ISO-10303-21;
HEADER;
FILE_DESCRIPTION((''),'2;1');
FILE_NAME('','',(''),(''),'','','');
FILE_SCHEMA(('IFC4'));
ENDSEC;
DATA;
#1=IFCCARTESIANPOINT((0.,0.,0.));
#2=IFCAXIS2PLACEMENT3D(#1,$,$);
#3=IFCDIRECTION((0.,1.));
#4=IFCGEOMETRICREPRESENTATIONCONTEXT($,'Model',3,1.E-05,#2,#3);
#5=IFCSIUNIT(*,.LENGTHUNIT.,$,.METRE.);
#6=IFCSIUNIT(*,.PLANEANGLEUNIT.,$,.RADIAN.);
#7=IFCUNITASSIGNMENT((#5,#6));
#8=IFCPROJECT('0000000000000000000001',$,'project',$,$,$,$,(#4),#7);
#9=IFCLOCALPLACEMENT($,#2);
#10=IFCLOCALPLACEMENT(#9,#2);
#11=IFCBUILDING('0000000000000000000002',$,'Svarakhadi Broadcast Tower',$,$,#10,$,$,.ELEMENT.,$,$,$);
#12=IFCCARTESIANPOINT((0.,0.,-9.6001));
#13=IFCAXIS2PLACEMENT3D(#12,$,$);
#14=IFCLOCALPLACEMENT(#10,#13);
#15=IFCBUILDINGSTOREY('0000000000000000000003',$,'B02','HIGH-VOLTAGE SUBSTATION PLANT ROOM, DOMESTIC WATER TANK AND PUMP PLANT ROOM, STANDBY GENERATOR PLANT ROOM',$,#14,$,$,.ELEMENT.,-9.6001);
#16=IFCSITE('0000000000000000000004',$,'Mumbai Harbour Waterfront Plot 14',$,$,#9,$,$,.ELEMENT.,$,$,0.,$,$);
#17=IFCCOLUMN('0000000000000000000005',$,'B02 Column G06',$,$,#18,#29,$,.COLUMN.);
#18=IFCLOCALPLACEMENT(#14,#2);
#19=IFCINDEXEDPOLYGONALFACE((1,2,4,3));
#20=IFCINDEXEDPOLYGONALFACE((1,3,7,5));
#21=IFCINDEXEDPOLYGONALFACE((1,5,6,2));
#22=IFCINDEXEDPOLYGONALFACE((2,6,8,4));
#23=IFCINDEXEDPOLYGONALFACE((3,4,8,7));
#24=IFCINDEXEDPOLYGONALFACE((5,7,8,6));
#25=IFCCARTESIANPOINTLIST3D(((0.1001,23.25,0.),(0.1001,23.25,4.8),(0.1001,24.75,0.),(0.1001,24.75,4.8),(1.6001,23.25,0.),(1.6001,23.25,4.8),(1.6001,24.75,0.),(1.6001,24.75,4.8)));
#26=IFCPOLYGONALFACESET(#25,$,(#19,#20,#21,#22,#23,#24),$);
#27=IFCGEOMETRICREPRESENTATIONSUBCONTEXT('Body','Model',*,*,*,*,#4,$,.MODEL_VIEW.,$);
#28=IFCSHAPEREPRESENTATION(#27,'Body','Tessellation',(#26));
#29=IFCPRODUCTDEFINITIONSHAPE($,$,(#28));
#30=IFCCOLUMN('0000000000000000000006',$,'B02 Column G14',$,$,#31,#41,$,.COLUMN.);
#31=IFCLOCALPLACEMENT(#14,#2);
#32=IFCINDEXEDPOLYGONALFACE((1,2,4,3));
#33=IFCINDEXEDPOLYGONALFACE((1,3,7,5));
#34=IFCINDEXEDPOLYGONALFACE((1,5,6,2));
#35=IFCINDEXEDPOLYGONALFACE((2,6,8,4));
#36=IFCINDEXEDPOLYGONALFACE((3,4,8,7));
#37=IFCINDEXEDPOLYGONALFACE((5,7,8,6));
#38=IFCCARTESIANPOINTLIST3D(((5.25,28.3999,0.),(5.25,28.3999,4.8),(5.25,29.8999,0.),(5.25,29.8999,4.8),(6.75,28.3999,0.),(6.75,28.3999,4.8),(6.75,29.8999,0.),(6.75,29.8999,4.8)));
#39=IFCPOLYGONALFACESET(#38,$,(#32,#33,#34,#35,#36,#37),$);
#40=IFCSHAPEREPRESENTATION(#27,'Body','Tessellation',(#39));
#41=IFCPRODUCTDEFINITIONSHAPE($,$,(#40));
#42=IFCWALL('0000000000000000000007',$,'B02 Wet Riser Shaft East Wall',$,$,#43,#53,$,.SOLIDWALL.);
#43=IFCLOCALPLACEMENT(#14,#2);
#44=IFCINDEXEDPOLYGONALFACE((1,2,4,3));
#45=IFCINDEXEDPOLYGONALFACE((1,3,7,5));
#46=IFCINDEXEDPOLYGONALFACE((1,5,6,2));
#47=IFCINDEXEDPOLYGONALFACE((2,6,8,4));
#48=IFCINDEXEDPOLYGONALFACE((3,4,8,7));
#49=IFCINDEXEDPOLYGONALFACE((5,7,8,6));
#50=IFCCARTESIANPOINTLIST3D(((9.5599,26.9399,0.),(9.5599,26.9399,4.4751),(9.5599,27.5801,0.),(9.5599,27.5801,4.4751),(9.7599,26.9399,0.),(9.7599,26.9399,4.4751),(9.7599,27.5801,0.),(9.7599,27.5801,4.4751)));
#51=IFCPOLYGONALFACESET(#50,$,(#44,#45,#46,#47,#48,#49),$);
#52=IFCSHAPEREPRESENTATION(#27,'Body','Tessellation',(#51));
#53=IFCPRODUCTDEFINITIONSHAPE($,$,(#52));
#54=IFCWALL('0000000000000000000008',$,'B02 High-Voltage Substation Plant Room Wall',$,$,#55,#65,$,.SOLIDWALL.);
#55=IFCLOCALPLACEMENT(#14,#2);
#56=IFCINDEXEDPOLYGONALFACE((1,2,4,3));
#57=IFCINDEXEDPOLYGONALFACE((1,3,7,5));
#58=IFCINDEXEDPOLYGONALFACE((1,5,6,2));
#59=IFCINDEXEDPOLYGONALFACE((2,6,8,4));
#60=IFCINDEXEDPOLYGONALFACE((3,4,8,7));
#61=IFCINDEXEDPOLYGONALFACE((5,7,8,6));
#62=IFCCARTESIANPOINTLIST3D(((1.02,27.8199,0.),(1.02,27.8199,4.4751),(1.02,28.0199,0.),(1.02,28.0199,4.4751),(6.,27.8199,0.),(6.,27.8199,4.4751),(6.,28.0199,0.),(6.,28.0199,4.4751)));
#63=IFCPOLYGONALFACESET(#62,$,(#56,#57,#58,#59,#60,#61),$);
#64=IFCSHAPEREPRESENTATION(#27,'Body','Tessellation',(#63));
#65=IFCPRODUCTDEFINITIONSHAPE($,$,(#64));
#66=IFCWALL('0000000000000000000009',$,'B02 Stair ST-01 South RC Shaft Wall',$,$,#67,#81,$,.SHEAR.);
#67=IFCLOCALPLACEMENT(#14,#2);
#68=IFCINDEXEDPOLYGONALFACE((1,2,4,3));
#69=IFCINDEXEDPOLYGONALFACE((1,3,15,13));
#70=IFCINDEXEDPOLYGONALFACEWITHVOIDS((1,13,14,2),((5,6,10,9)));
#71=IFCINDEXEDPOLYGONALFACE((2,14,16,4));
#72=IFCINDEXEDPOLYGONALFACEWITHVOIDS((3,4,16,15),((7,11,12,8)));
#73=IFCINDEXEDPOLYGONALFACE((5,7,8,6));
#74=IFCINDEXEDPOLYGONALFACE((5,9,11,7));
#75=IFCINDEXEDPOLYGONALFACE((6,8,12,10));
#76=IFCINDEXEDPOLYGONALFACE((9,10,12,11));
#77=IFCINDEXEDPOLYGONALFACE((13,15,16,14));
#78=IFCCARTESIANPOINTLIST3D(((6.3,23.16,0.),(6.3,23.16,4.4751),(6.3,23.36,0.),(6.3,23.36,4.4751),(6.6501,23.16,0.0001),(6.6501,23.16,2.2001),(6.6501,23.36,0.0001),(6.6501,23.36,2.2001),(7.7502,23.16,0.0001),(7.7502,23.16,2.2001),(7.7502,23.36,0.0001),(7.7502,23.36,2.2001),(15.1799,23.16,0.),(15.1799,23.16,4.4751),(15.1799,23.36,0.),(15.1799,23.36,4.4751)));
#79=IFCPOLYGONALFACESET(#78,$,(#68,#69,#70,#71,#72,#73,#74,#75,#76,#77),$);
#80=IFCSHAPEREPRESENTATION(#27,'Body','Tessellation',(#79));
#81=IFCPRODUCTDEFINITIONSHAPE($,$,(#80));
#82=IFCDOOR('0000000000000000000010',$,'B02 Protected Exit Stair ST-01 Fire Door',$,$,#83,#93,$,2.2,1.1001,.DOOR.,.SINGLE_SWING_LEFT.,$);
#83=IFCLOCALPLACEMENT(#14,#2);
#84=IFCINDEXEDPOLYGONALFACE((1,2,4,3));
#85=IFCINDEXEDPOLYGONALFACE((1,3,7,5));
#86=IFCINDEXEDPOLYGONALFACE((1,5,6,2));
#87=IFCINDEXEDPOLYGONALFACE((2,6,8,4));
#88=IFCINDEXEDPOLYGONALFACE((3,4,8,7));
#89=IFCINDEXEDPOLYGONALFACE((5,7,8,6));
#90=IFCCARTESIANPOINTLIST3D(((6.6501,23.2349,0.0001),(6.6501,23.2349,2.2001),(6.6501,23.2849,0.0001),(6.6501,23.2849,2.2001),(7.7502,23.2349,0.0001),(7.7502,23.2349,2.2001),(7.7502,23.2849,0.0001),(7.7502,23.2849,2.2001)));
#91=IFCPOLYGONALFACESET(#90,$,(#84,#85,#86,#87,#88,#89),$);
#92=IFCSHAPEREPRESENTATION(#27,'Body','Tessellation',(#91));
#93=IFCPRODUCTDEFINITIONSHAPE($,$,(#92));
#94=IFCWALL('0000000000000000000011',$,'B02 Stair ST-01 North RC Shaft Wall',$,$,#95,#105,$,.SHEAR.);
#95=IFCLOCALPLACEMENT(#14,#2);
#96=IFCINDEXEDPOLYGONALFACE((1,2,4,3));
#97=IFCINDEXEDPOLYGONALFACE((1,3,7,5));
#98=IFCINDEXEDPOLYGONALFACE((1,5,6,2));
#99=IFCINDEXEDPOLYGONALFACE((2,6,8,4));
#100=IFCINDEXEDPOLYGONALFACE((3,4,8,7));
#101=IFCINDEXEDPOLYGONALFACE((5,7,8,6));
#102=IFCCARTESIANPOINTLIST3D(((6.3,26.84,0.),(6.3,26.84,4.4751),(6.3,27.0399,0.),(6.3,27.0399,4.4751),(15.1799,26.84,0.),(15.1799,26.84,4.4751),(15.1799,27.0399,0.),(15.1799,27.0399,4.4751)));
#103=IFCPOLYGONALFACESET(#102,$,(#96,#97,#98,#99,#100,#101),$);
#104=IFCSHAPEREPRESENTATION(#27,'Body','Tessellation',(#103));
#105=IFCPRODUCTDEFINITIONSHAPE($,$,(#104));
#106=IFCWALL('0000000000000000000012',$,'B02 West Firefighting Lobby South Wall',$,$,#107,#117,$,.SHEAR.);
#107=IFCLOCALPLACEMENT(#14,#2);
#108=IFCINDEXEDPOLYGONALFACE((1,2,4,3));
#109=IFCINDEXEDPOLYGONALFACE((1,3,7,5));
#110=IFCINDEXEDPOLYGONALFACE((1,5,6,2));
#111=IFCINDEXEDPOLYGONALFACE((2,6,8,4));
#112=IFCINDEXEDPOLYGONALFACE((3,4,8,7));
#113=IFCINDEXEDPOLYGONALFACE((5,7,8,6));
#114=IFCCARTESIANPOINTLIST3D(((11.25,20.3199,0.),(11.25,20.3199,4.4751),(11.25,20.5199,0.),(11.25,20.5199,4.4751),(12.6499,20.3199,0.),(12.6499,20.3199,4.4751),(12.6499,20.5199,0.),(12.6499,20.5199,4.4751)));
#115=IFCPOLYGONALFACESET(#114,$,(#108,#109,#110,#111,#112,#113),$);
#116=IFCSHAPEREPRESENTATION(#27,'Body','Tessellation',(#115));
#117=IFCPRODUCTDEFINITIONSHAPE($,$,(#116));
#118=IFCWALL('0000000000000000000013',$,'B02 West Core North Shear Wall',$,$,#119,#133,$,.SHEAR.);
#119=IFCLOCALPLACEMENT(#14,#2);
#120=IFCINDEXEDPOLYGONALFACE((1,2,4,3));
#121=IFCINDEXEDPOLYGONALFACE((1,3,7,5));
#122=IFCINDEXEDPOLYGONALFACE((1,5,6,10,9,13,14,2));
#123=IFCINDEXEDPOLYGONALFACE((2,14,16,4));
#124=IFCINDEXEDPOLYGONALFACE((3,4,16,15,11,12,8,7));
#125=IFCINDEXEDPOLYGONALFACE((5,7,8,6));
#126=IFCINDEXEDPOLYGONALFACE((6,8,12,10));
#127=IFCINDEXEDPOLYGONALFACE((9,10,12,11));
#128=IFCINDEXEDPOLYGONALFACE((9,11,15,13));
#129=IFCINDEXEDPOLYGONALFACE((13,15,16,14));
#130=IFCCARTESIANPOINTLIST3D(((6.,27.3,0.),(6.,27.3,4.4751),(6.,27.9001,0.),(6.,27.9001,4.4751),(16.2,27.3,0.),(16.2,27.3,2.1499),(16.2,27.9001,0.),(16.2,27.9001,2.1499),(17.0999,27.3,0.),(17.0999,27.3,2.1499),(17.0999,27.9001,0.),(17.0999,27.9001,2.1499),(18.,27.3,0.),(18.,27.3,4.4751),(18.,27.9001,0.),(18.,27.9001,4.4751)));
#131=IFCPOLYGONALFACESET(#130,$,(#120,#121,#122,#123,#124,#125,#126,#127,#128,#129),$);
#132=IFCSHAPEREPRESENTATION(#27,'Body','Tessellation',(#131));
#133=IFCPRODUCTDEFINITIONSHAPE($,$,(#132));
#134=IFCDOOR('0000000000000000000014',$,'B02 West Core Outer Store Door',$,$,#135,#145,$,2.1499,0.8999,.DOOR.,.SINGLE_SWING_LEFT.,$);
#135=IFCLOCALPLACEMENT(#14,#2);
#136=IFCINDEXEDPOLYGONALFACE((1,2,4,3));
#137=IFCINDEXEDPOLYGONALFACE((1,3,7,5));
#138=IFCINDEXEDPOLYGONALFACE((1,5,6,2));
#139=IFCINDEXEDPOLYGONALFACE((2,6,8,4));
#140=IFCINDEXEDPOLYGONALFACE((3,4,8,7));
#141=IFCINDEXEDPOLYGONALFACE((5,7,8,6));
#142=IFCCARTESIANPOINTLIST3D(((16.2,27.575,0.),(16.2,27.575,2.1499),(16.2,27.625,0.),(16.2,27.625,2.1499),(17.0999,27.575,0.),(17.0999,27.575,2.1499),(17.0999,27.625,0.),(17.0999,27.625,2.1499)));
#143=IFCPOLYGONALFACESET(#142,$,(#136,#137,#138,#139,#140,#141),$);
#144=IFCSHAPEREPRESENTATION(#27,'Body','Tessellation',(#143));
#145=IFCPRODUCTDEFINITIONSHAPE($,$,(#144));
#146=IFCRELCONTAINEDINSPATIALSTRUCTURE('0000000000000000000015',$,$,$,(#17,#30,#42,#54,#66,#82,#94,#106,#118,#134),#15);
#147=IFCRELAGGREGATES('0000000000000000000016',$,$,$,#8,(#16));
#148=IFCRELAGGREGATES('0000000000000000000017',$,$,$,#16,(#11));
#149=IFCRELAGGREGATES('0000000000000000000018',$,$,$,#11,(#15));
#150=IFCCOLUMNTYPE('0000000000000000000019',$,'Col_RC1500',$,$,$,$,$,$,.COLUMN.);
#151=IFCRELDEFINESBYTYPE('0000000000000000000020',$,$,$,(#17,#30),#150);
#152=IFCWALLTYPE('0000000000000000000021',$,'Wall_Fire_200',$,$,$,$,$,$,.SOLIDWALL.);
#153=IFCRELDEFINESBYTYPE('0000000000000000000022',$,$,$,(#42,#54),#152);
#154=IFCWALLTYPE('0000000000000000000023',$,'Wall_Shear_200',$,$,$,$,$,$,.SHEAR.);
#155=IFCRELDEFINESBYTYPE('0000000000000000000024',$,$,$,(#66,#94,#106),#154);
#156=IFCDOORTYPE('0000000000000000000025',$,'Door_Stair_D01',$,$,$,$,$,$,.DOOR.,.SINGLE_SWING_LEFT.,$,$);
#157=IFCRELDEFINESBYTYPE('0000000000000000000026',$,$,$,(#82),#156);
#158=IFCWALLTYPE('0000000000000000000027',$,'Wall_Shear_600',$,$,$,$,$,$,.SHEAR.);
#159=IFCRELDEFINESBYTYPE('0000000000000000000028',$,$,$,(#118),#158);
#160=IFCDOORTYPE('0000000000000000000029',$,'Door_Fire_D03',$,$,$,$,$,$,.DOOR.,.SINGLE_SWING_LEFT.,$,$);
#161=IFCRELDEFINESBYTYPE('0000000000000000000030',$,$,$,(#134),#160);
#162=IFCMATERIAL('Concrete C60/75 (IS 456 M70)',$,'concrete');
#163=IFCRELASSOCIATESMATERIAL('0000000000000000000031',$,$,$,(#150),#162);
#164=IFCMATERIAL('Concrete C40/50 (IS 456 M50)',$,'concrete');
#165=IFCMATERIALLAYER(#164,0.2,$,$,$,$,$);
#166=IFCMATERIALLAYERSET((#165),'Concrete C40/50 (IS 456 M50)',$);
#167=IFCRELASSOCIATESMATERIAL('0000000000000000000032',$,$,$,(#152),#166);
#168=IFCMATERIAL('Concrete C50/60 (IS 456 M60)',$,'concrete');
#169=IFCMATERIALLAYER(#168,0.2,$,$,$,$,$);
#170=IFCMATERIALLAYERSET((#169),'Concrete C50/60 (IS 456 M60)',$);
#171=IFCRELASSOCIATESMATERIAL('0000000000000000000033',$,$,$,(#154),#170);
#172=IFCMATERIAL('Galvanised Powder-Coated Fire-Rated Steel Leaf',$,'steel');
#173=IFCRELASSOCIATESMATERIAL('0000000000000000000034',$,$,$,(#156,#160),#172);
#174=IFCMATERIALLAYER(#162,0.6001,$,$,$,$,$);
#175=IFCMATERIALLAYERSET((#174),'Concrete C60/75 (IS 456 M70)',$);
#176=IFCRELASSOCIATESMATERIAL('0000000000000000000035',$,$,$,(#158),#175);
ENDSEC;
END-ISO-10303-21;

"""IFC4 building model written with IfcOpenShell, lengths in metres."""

from ifc_helpers import new_model, si_unit, direction, frame, frame_2d, origin, origin_2d, place, context, subcontext, project, spatial, rectangle, extrude, material, layer, layer_set, material_profile, profile_set, type_object, element, fill, save


model = new_model("IFC4")

# Units and contexts
model_context = context("Model", 3, precision=1e-05, world=origin(), true_north=direction((0.0, 1.0)))
body_context = subcontext(model_context, "Body", "Model", "MODEL_VIEW")
ifc_project = project(units=[si_unit("LENGTHUNIT", "METRE"), si_unit("PLANEANGLEUNIT", "RADIAN")], contexts=[model_context])

# Site, building, storey
site_placement = place(None, origin())
site = spatial("IfcSite", under=ifc_project, at=site_placement, Name="Mumbai Harbour Waterfront Plot 14", CompositionType="ELEMENT", RefElevation=0.0)
building_placement = place(site_placement, origin())
building = spatial("IfcBuilding", under=site, at=building_placement, Name="Svarakhadi Broadcast Tower", CompositionType="ELEMENT")
storey_placement = place(building_placement, frame((0.0, 0.0, -9.6001)))
storey = spatial("IfcBuildingStorey", under=building, at=storey_placement, Name="B02", Description="HIGH-VOLTAGE SUBSTATION PLANT ROOM, DOMESTIC WATER TANK AND PUMP PLANT ROOM, STANDBY GENERATOR PLANT ROOM", CompositionType="ELEMENT", Elevation=-9.6001)

# Columns
ifc_material_1 = material(Name="Concrete C60/75 (IS 456 M70)", Category="concrete")
ifc_material_profile_1 = material_profile(ifc_material_1, rectangle(XDim=1.5, YDim=1.5, at=origin_2d()), Name="RC 1500x1500")
ifc_profile_set_1 = profile_set([ifc_material_profile_1], Name="Concrete C60/75 (IS 456 M70)")
column_type_1 = type_object("IfcColumnType", Name="Col_RC1500", PredefinedType="COLUMN", material=ifc_profile_set_1)
for number, where, z_axis, x_axis, name in (
    (1, (0.8501, 24.0, 0.0), (0.0, 0.0, 1.0), (1.0, 0.0, 0.0), "B02 Column G06"),
    (2, (6.0, 29.1499, 0.0), (0.0, 0.0, 1.0), (1.0, 0.0, 0.0), "B02 Column G14"),
):
    element("IfcColumn", number, at=place(storey_placement, frame(where, z_axis=z_axis, x_axis=x_axis)), inside=storey, type_object=column_type_1, Name=name, PredefinedType="COLUMN", context=body_context, shape_type="SweptSolid", body=[
        extrude(rectangle(XDim=1.5, YDim=1.5, at=origin_2d()), origin(), (0.0, 0.0, 1.0), 4.8),
    ])

# Walls
ifc_material_2 = material(Name="Concrete C40/50 (IS 456 M50)", Category="concrete")
ifc_layer_1 = layer(ifc_material_2, 0.2)
ifc_layer_set_1 = layer_set([ifc_layer_1], Name="Concrete C40/50 (IS 456 M50)")
wall_type_1 = type_object("IfcWallType", Name="Wall_Fire_200", PredefinedType="SOLIDWALL", material=ifc_layer_set_1)
wall_1_placement = place(storey_placement, frame((9.6599, 26.9399, 0.0), z_axis=(0.0, 0.0, 1.0), x_axis=(0.0, 1.0, 0.0)))
element("IfcWall", 3, at=wall_1_placement, inside=storey, type_object=wall_type_1, Name="B02 Wet Riser Shaft East Wall", PredefinedType="SOLIDWALL", context=body_context, shape_type="SweptSolid", body=[
    extrude(rectangle(XDim=0.6401, YDim=0.2, at=frame_2d((0.3201, 0.0))), origin(), (0.0, 0.0, 1.0), 4.4751),
])
wall_2_placement = place(storey_placement, frame((1.02, 27.9199, 0.0), z_axis=(0.0, 0.0, 1.0), x_axis=(1.0, 0.0, 0.0)))
element("IfcWall", 4, at=wall_2_placement, inside=storey, type_object=wall_type_1, Name="B02 High-Voltage Substation Plant Room Wall", PredefinedType="SOLIDWALL", context=body_context, shape_type="SweptSolid", body=[
    extrude(rectangle(XDim=4.98, YDim=0.2, at=frame_2d((2.49, 0.0))), origin(), (0.0, 0.0, 1.0), 4.4751),
])

# Wall, opening, door
ifc_material_3 = material(Name="Concrete C50/60 (IS 456 M60)", Category="concrete")
ifc_layer_2 = layer(ifc_material_3, 0.2)
ifc_layer_set_2 = layer_set([ifc_layer_2], Name="Concrete C50/60 (IS 456 M60)")
wall_type_2 = type_object("IfcWallType", Name="Wall_Shear_200", PredefinedType="SHEAR", material=ifc_layer_set_2)
wall_3_placement = place(storey_placement, frame((6.3, 23.26, 0.0), z_axis=(0.0, 0.0, 1.0), x_axis=(1.0, 0.0, 0.0)))
wall_3 = element("IfcWall", 5, at=wall_3_placement, inside=storey, type_object=wall_type_2, Name="B02 Stair ST-01 South RC Shaft Wall", PredefinedType="SHEAR", context=body_context, shape_type="SweptSolid", body=[
    extrude(rectangle(XDim=8.8799, YDim=0.2, at=frame_2d((4.4399, 0.0))), origin(), (0.0, 0.0, 1.0), 4.4751),
])
opening_1_placement = place(wall_3_placement, frame((0.3501, 0.0, 0.0)))
opening_1 = element("IfcOpeningElement", 6, at=opening_1_placement, cuts=wall_3, PredefinedType="OPENING", context=body_context, shape_type="SweptSolid", body=[
    extrude(rectangle(XDim=1.1001, YDim=2.2, at=frame_2d((0.55, 1.1001))), frame((0.0, 0.1099, 0.0), z_axis=(0.0, -1.0, 0.0), x_axis=(1.0, 0.0, 0.0)), (0.0, 0.0, 1.0), 0.22),
])
ifc_material_4 = material(Name="Galvanised Powder-Coated Fire-Rated Steel Leaf", Category="steel")
door_type_1 = type_object("IfcDoorType", Name="Door_Stair_D01", OperationType="SINGLE_SWING_LEFT", PredefinedType="DOOR", material=ifc_material_4)
door_1_placement = place(opening_1_placement, origin())
door_1 = element("IfcDoor", 7, at=door_1_placement, inside=storey, type_object=door_type_1, Name="B02 Protected Exit Stair ST-01 Fire Door", OperationType="SINGLE_SWING_LEFT", OverallHeight=2.2, OverallWidth=1.1001, PredefinedType="DOOR", context=body_context, shape_type="SweptSolid", body=[
    extrude(rectangle(XDim=1.1001, YDim=2.2, at=frame_2d((0.55, 1.1001))), frame((0.0, 0.0249, 0.0), z_axis=(0.0, -1.0, 0.0), x_axis=(1.0, 0.0, 0.0)), (0.0, 0.0, 1.0), 0.05),
])
fill(opening_1, door_1)

# Walls
wall_4_placement = place(storey_placement, frame((6.3, 26.9399, 0.0), z_axis=(0.0, 0.0, 1.0), x_axis=(1.0, 0.0, 0.0)))
element("IfcWall", 8, at=wall_4_placement, inside=storey, type_object=wall_type_2, Name="B02 Stair ST-01 North RC Shaft Wall", PredefinedType="SHEAR", context=body_context, shape_type="SweptSolid", body=[
    extrude(rectangle(XDim=8.8799, YDim=0.2, at=frame_2d((4.4399, 0.0))), origin(), (0.0, 0.0, 1.0), 4.4751),
])
wall_5_placement = place(storey_placement, frame((11.25, 20.4199, 0.0), z_axis=(0.0, 0.0, 1.0), x_axis=(1.0, 0.0, 0.0)))
element("IfcWall", 9, at=wall_5_placement, inside=storey, type_object=wall_type_2, Name="B02 West Firefighting Lobby South Wall", PredefinedType="SHEAR", context=body_context, shape_type="SweptSolid", body=[
    extrude(rectangle(XDim=1.3999, YDim=0.2, at=frame_2d((0.7, 0.0))), origin(), (0.0, 0.0, 1.0), 4.4751),
])

# Wall, opening, door
ifc_layer_3 = layer(ifc_material_1, 0.6001)
ifc_layer_set_3 = layer_set([ifc_layer_3], Name="Concrete C60/75 (IS 456 M70)")
wall_type_3 = type_object("IfcWallType", Name="Wall_Shear_600", PredefinedType="SHEAR", material=ifc_layer_set_3)
wall_6_placement = place(storey_placement, frame((6.0, 27.6001, 0.0), z_axis=(0.0, 0.0, 1.0), x_axis=(1.0, 0.0, 0.0)))
wall_6 = element("IfcWall", 10, at=wall_6_placement, inside=storey, type_object=wall_type_3, Name="B02 West Core North Shear Wall", PredefinedType="SHEAR", context=body_context, shape_type="SweptSolid", body=[
    extrude(rectangle(XDim=12.0, YDim=0.6001, at=frame_2d((6.0, 0.0))), origin(), (0.0, 0.0, 1.0), 4.4751),
])
opening_2_placement = place(wall_6_placement, frame((10.2, 0.0, 0.0)))
opening_2 = element("IfcOpeningElement", 11, at=opening_2_placement, cuts=wall_6, PredefinedType="OPENING", context=body_context, shape_type="SweptSolid", body=[
    extrude(rectangle(XDim=0.8999, YDim=2.1499, at=frame_2d((0.45, 1.075))), frame((0.0, 0.3101, 0.0), z_axis=(0.0, -1.0, 0.0), x_axis=(1.0, 0.0, 0.0)), (0.0, 0.0, 1.0), 0.6201),
])
door_type_2 = type_object("IfcDoorType", Name="Door_Fire_D03", OperationType="SINGLE_SWING_LEFT", PredefinedType="DOOR", material=ifc_material_4)
door_2_placement = place(opening_2_placement, origin())
door_2 = element("IfcDoor", 12, at=door_2_placement, inside=storey, type_object=door_type_2, Name="B02 West Core Outer Store Door", OperationType="SINGLE_SWING_LEFT", OverallHeight=2.1499, OverallWidth=0.8999, PredefinedType="DOOR", context=body_context, shape_type="SweptSolid", body=[
    extrude(rectangle(XDim=0.8999, YDim=2.1499, at=frame_2d((0.45, 1.075))), frame((0.0, 0.0249, 0.0), z_axis=(0.0, -1.0, 0.0), x_axis=(1.0, 0.0, 0.0)), (0.0, 0.0, 1.0), 0.05),
])
fill(opening_2, door_2)

save(model, "model.ifc")
